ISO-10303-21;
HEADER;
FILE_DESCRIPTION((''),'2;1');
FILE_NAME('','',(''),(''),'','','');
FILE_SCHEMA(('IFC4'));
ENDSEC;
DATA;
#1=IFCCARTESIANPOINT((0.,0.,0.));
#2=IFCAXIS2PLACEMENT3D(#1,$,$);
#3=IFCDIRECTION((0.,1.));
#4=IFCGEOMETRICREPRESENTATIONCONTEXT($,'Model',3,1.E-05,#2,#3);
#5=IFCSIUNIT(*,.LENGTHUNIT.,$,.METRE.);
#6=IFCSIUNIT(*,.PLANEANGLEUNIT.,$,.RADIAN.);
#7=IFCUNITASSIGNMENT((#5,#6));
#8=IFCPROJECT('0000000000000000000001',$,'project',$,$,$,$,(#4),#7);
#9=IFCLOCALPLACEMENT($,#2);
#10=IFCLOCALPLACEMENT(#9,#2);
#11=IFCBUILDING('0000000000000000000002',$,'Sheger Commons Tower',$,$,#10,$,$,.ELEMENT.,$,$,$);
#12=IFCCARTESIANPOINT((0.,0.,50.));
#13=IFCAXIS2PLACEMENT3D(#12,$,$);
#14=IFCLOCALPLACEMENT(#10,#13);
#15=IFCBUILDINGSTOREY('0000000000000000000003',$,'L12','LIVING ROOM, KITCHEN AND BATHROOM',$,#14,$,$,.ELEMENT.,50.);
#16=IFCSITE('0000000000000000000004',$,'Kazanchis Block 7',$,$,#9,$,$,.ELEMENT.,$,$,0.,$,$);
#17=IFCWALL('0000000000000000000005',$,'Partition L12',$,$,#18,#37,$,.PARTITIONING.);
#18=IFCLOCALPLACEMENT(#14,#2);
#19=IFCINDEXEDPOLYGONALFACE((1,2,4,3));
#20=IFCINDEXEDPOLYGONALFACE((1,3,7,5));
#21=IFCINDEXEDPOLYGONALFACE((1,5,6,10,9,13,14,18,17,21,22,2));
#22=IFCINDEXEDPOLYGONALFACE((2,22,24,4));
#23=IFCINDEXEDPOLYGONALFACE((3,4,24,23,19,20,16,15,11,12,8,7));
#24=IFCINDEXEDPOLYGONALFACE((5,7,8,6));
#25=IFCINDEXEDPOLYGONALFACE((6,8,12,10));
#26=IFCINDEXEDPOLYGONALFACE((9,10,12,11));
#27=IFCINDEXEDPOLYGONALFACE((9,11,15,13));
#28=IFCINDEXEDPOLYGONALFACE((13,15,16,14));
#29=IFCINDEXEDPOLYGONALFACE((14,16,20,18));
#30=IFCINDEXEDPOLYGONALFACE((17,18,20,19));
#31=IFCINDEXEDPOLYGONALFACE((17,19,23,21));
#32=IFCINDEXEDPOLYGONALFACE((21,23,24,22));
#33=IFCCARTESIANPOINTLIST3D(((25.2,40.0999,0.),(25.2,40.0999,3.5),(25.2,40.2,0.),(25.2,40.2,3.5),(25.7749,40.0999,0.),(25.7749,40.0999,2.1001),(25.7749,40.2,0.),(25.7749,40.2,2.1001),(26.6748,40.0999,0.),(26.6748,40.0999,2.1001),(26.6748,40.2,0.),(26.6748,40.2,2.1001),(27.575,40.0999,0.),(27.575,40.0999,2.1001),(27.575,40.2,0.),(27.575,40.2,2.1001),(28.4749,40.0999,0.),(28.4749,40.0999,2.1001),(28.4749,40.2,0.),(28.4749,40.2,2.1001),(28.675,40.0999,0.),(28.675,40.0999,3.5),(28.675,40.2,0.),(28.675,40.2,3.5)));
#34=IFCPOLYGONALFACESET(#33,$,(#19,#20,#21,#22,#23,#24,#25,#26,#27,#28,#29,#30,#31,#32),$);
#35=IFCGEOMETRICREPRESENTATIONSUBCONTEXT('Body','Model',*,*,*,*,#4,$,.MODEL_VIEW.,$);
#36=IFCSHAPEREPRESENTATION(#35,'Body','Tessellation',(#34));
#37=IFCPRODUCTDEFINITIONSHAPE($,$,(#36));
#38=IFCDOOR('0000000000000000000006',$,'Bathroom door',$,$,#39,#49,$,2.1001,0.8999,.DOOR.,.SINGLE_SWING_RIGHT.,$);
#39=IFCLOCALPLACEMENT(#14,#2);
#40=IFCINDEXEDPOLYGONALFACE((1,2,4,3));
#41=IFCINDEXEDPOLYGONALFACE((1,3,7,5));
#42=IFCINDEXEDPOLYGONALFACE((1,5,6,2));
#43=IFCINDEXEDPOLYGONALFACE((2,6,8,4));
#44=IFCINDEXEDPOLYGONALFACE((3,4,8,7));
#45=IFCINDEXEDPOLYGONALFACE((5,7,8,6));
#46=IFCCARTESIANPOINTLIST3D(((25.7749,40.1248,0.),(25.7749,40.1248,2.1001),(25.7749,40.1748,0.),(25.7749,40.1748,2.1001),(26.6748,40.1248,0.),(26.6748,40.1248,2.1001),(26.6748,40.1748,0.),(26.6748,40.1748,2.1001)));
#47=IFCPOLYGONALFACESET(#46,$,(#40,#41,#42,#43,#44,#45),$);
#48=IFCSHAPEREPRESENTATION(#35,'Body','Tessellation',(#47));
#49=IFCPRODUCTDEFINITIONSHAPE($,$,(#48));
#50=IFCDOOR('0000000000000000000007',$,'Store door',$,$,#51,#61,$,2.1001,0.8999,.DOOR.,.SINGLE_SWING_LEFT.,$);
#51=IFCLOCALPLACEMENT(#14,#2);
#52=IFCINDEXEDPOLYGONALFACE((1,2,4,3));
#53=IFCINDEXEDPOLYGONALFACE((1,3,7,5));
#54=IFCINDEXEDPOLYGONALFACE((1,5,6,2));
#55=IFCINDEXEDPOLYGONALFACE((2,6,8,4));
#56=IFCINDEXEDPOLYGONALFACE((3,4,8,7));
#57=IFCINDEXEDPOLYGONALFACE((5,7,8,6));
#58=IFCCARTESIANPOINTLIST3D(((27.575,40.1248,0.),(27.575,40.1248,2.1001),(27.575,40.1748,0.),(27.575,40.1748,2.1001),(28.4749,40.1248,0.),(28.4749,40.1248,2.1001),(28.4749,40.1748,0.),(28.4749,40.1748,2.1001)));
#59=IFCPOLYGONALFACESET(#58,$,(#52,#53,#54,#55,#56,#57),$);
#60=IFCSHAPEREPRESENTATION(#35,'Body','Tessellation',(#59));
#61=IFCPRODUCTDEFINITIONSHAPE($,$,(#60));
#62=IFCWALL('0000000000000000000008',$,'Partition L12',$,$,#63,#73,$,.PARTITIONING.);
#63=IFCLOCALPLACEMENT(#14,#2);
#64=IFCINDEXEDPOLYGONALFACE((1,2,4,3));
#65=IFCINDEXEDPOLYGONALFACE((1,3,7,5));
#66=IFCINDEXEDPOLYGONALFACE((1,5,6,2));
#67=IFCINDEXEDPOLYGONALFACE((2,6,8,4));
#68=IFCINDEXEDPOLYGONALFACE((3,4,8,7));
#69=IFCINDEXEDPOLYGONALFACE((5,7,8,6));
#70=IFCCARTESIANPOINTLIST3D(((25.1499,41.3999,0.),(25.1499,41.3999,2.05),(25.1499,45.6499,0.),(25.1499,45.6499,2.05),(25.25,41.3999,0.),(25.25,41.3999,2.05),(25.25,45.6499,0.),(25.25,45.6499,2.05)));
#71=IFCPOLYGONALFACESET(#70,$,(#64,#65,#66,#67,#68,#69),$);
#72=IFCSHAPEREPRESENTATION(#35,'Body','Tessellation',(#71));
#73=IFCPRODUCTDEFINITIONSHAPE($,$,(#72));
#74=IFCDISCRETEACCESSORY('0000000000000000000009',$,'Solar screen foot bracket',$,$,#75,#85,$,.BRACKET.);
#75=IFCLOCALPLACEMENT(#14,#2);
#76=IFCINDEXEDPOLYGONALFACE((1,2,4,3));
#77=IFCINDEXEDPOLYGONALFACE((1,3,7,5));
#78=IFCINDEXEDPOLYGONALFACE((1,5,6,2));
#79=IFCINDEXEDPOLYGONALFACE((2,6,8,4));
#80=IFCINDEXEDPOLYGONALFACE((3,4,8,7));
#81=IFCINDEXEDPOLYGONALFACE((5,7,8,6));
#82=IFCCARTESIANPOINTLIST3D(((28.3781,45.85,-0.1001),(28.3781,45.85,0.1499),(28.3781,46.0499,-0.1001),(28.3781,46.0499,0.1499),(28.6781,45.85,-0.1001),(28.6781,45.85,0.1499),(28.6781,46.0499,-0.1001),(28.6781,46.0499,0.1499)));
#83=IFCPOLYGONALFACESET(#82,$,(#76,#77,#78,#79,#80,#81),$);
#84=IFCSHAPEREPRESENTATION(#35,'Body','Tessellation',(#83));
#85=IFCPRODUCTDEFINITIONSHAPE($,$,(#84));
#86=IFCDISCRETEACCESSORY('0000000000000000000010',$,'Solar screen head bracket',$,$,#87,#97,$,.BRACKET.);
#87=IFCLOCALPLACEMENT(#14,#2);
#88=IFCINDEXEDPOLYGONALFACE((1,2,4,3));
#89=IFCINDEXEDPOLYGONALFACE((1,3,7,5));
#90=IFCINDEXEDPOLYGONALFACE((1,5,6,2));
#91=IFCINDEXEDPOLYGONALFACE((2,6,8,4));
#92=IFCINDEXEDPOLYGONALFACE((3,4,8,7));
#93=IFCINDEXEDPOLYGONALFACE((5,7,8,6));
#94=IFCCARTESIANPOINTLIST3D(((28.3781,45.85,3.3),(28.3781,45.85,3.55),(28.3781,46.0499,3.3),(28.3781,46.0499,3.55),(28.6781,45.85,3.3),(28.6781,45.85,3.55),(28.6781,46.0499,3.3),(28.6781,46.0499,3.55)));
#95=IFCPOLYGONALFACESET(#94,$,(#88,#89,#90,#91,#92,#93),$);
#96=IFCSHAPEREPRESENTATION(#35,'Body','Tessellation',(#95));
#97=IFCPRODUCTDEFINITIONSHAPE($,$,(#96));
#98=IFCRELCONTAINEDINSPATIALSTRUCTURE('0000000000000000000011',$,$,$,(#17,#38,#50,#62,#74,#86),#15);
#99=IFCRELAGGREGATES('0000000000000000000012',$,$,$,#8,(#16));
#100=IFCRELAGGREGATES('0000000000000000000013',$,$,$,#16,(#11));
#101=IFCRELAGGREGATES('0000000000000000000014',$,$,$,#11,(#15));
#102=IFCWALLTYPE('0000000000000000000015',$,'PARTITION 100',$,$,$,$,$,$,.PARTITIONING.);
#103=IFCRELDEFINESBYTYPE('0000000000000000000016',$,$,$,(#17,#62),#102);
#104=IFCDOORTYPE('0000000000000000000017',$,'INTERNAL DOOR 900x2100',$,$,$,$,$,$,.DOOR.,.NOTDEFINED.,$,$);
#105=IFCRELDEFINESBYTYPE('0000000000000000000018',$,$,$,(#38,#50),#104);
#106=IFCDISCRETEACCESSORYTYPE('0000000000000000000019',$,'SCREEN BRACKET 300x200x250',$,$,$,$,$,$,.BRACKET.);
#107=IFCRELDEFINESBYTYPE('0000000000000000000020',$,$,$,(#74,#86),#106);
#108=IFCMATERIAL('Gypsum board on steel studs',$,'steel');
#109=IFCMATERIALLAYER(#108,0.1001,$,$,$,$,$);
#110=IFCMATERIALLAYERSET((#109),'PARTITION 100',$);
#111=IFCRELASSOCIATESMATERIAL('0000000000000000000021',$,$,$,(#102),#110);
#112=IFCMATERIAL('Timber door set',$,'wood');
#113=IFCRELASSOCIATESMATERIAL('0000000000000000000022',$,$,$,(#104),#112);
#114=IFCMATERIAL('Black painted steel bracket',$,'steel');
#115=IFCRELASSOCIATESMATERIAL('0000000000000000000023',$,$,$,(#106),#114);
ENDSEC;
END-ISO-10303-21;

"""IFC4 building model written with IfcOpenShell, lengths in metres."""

from ifc_helpers import new_model, si_unit, direction, frame, frame_2d, origin, origin_2d, place, context, subcontext, project, spatial, rectangle, extrude, material, layer, layer_set, type_object, element, fill, save


model = new_model("IFC4")

# Units and contexts
model_context = context("Model", 3, precision=1e-05, world=origin(), true_north=direction((0.0, 1.0)))
body_context = subcontext(model_context, "Body", "Model", "MODEL_VIEW")
ifc_project = project(units=[si_unit("LENGTHUNIT", "METRE"), si_unit("PLANEANGLEUNIT", "RADIAN")], contexts=[model_context])

# Site, building, storey
site_placement = place(None, origin())
site = spatial("IfcSite", under=ifc_project, at=site_placement, Name="Kazanchis Block 7", CompositionType="ELEMENT", RefElevation=0.0)
building_placement = place(site_placement, origin())
building = spatial("IfcBuilding", under=site, at=building_placement, Name="Sheger Commons Tower", CompositionType="ELEMENT")
storey_placement = place(building_placement, frame((0.0, 0.0, 50.0)))
storey = spatial("IfcBuildingStorey", under=building, at=storey_placement, Name="L12", Description="LIVING ROOM, KITCHEN AND BATHROOM", CompositionType="ELEMENT", Elevation=50.0)

# Shared definitions
ifc_material_1 = material(Name="Gypsum board on steel studs", Category="steel")
ifc_layer_1 = layer(ifc_material_1, 0.1001)
ifc_layer_set_1 = layer_set([ifc_layer_1], Name="PARTITION 100")
wall_type_1 = type_object("IfcWallType", Name="PARTITION 100", PredefinedType="PARTITIONING", material=ifc_layer_set_1)
ifc_material_2 = material(Name="Timber door set", Category="wood")
door_type = type_object("IfcDoorType", Name="INTERNAL DOOR 900x2100", OperationType="NOTDEFINED", PredefinedType="DOOR", material=ifc_material_2)

# Wall, openings, doors
wall_1_placement = place(storey_placement, frame((25.2, 40.1499, 0.0), z_axis=(0.0, 0.0, 1.0), x_axis=(1.0, 0.0, 0.0)))
wall_1 = element("IfcWall", 1, at=wall_1_placement, inside=storey, type_object=wall_type_1, Name="Partition L12", PredefinedType="PARTITIONING", context=body_context, shape_type="SweptSolid", body=[
    extrude(rectangle(XDim=3.4751, YDim=0.1001, at=frame_2d((1.7375, 0.0))), origin(), (0.0, 0.0, 1.0), 3.5),
])
opening_1_placement = place(wall_1_placement, frame((0.575, 0.0, 0.0)))
opening_1 = element("IfcOpeningElement", 2, at=opening_1_placement, cuts=wall_1, PredefinedType="OPENING", context=body_context, shape_type="SweptSolid", body=[
    extrude(rectangle(XDim=0.8999, YDim=2.1001, at=frame_2d((0.45, 1.05))), frame((0.0, 0.0601, 0.0), z_axis=(0.0, -1.0, 0.0), x_axis=(1.0, 0.0, 0.0)), (0.0, 0.0, 1.0), 0.1201),
])
opening_2_placement = place(wall_1_placement, frame((2.375, 0.0, 0.0)))
opening_2 = element("IfcOpeningElement", 3, at=opening_2_placement, cuts=wall_1, PredefinedType="OPENING", context=body_context, shape_type="SweptSolid", body=[
    extrude(rectangle(XDim=0.8999, YDim=2.1001, at=frame_2d((0.45, 1.05))), frame((0.0, 0.0601, 0.0), z_axis=(0.0, -1.0, 0.0), x_axis=(1.0, 0.0, 0.0)), (0.0, 0.0, 1.0), 0.1201),
])
door_1_placement = place(opening_1_placement, origin())
door_1 = element("IfcDoor", 4, at=door_1_placement, inside=storey, type_object=door_type, Name="Bathroom door", OperationType="SINGLE_SWING_RIGHT", OverallHeight=2.1001, OverallWidth=0.8999, PredefinedType="DOOR", context=body_context, shape_type="SweptSolid", body=[
    extrude(rectangle(XDim=0.8999, YDim=2.1001, at=frame_2d((0.45, 1.05))), frame((0.0, 0.0249, 0.0), z_axis=(0.0, -1.0, 0.0), x_axis=(1.0, 0.0, 0.0)), (0.0, 0.0, 1.0), 0.05),
])
fill(opening_1, door_1)
door_2_placement = place(opening_2_placement, origin())
door_2 = element("IfcDoor", 5, at=door_2_placement, inside=storey, type_object=door_type, Name="Store door", OperationType="SINGLE_SWING_LEFT", OverallHeight=2.1001, OverallWidth=0.8999, PredefinedType="DOOR", context=body_context, shape_type="SweptSolid", body=[
    extrude(rectangle(XDim=0.8999, YDim=2.1001, at=frame_2d((0.45, 1.05))), frame((0.0, 0.0249, 0.0), z_axis=(0.0, -1.0, 0.0), x_axis=(1.0, 0.0, 0.0)), (0.0, 0.0, 1.0), 0.05),
])
fill(opening_2, door_2)

# Wall
wall_2_placement = place(storey_placement, frame((25.2, 41.3999, 0.0), z_axis=(0.0, 0.0, 1.0), x_axis=(0.0, 1.0, 0.0)))
element("IfcWall", 6, at=wall_2_placement, inside=storey, type_object=wall_type_1, Name="Partition L12", PredefinedType="PARTITIONING", context=body_context, shape_type="SweptSolid", body=[
    extrude(rectangle(XDim=4.25, YDim=0.1001, at=frame_2d((2.125, 0.0))), origin(), (0.0, 0.0, 1.0), 2.05),
])

# Discrete accessories
ifc_material_3 = material(Name="Black painted steel bracket", Category="steel")
discrete_accessory_type = type_object("IfcDiscreteAccessoryType", Name="SCREEN BRACKET 300x200x250", PredefinedType="BRACKET", material=ifc_material_3)
for number, where, z_axis, x_axis, name in (
    (7, (28.5281, 45.95, -0.1001), (0.0, 0.0, 1.0), (-1.0, 0.0, 0.0), "Solar screen foot bracket"),
    (8, (28.5281, 45.95, 3.3), (0.0, 0.0, 1.0), (-1.0, 0.0, 0.0), "Solar screen head bracket"),
):
    element("IfcDiscreteAccessory", number, at=place(storey_placement, frame(where, z_axis=z_axis, x_axis=x_axis)), inside=storey, type_object=discrete_accessory_type, Name=name, PredefinedType="BRACKET", context=body_context, shape_type="SweptSolid", body=[
        extrude(rectangle(XDim=0.3, YDim=0.2, at=origin_2d()), origin(), (0.0, 0.0, 1.0), 0.25),
    ])

save(model, "model.ifc")
